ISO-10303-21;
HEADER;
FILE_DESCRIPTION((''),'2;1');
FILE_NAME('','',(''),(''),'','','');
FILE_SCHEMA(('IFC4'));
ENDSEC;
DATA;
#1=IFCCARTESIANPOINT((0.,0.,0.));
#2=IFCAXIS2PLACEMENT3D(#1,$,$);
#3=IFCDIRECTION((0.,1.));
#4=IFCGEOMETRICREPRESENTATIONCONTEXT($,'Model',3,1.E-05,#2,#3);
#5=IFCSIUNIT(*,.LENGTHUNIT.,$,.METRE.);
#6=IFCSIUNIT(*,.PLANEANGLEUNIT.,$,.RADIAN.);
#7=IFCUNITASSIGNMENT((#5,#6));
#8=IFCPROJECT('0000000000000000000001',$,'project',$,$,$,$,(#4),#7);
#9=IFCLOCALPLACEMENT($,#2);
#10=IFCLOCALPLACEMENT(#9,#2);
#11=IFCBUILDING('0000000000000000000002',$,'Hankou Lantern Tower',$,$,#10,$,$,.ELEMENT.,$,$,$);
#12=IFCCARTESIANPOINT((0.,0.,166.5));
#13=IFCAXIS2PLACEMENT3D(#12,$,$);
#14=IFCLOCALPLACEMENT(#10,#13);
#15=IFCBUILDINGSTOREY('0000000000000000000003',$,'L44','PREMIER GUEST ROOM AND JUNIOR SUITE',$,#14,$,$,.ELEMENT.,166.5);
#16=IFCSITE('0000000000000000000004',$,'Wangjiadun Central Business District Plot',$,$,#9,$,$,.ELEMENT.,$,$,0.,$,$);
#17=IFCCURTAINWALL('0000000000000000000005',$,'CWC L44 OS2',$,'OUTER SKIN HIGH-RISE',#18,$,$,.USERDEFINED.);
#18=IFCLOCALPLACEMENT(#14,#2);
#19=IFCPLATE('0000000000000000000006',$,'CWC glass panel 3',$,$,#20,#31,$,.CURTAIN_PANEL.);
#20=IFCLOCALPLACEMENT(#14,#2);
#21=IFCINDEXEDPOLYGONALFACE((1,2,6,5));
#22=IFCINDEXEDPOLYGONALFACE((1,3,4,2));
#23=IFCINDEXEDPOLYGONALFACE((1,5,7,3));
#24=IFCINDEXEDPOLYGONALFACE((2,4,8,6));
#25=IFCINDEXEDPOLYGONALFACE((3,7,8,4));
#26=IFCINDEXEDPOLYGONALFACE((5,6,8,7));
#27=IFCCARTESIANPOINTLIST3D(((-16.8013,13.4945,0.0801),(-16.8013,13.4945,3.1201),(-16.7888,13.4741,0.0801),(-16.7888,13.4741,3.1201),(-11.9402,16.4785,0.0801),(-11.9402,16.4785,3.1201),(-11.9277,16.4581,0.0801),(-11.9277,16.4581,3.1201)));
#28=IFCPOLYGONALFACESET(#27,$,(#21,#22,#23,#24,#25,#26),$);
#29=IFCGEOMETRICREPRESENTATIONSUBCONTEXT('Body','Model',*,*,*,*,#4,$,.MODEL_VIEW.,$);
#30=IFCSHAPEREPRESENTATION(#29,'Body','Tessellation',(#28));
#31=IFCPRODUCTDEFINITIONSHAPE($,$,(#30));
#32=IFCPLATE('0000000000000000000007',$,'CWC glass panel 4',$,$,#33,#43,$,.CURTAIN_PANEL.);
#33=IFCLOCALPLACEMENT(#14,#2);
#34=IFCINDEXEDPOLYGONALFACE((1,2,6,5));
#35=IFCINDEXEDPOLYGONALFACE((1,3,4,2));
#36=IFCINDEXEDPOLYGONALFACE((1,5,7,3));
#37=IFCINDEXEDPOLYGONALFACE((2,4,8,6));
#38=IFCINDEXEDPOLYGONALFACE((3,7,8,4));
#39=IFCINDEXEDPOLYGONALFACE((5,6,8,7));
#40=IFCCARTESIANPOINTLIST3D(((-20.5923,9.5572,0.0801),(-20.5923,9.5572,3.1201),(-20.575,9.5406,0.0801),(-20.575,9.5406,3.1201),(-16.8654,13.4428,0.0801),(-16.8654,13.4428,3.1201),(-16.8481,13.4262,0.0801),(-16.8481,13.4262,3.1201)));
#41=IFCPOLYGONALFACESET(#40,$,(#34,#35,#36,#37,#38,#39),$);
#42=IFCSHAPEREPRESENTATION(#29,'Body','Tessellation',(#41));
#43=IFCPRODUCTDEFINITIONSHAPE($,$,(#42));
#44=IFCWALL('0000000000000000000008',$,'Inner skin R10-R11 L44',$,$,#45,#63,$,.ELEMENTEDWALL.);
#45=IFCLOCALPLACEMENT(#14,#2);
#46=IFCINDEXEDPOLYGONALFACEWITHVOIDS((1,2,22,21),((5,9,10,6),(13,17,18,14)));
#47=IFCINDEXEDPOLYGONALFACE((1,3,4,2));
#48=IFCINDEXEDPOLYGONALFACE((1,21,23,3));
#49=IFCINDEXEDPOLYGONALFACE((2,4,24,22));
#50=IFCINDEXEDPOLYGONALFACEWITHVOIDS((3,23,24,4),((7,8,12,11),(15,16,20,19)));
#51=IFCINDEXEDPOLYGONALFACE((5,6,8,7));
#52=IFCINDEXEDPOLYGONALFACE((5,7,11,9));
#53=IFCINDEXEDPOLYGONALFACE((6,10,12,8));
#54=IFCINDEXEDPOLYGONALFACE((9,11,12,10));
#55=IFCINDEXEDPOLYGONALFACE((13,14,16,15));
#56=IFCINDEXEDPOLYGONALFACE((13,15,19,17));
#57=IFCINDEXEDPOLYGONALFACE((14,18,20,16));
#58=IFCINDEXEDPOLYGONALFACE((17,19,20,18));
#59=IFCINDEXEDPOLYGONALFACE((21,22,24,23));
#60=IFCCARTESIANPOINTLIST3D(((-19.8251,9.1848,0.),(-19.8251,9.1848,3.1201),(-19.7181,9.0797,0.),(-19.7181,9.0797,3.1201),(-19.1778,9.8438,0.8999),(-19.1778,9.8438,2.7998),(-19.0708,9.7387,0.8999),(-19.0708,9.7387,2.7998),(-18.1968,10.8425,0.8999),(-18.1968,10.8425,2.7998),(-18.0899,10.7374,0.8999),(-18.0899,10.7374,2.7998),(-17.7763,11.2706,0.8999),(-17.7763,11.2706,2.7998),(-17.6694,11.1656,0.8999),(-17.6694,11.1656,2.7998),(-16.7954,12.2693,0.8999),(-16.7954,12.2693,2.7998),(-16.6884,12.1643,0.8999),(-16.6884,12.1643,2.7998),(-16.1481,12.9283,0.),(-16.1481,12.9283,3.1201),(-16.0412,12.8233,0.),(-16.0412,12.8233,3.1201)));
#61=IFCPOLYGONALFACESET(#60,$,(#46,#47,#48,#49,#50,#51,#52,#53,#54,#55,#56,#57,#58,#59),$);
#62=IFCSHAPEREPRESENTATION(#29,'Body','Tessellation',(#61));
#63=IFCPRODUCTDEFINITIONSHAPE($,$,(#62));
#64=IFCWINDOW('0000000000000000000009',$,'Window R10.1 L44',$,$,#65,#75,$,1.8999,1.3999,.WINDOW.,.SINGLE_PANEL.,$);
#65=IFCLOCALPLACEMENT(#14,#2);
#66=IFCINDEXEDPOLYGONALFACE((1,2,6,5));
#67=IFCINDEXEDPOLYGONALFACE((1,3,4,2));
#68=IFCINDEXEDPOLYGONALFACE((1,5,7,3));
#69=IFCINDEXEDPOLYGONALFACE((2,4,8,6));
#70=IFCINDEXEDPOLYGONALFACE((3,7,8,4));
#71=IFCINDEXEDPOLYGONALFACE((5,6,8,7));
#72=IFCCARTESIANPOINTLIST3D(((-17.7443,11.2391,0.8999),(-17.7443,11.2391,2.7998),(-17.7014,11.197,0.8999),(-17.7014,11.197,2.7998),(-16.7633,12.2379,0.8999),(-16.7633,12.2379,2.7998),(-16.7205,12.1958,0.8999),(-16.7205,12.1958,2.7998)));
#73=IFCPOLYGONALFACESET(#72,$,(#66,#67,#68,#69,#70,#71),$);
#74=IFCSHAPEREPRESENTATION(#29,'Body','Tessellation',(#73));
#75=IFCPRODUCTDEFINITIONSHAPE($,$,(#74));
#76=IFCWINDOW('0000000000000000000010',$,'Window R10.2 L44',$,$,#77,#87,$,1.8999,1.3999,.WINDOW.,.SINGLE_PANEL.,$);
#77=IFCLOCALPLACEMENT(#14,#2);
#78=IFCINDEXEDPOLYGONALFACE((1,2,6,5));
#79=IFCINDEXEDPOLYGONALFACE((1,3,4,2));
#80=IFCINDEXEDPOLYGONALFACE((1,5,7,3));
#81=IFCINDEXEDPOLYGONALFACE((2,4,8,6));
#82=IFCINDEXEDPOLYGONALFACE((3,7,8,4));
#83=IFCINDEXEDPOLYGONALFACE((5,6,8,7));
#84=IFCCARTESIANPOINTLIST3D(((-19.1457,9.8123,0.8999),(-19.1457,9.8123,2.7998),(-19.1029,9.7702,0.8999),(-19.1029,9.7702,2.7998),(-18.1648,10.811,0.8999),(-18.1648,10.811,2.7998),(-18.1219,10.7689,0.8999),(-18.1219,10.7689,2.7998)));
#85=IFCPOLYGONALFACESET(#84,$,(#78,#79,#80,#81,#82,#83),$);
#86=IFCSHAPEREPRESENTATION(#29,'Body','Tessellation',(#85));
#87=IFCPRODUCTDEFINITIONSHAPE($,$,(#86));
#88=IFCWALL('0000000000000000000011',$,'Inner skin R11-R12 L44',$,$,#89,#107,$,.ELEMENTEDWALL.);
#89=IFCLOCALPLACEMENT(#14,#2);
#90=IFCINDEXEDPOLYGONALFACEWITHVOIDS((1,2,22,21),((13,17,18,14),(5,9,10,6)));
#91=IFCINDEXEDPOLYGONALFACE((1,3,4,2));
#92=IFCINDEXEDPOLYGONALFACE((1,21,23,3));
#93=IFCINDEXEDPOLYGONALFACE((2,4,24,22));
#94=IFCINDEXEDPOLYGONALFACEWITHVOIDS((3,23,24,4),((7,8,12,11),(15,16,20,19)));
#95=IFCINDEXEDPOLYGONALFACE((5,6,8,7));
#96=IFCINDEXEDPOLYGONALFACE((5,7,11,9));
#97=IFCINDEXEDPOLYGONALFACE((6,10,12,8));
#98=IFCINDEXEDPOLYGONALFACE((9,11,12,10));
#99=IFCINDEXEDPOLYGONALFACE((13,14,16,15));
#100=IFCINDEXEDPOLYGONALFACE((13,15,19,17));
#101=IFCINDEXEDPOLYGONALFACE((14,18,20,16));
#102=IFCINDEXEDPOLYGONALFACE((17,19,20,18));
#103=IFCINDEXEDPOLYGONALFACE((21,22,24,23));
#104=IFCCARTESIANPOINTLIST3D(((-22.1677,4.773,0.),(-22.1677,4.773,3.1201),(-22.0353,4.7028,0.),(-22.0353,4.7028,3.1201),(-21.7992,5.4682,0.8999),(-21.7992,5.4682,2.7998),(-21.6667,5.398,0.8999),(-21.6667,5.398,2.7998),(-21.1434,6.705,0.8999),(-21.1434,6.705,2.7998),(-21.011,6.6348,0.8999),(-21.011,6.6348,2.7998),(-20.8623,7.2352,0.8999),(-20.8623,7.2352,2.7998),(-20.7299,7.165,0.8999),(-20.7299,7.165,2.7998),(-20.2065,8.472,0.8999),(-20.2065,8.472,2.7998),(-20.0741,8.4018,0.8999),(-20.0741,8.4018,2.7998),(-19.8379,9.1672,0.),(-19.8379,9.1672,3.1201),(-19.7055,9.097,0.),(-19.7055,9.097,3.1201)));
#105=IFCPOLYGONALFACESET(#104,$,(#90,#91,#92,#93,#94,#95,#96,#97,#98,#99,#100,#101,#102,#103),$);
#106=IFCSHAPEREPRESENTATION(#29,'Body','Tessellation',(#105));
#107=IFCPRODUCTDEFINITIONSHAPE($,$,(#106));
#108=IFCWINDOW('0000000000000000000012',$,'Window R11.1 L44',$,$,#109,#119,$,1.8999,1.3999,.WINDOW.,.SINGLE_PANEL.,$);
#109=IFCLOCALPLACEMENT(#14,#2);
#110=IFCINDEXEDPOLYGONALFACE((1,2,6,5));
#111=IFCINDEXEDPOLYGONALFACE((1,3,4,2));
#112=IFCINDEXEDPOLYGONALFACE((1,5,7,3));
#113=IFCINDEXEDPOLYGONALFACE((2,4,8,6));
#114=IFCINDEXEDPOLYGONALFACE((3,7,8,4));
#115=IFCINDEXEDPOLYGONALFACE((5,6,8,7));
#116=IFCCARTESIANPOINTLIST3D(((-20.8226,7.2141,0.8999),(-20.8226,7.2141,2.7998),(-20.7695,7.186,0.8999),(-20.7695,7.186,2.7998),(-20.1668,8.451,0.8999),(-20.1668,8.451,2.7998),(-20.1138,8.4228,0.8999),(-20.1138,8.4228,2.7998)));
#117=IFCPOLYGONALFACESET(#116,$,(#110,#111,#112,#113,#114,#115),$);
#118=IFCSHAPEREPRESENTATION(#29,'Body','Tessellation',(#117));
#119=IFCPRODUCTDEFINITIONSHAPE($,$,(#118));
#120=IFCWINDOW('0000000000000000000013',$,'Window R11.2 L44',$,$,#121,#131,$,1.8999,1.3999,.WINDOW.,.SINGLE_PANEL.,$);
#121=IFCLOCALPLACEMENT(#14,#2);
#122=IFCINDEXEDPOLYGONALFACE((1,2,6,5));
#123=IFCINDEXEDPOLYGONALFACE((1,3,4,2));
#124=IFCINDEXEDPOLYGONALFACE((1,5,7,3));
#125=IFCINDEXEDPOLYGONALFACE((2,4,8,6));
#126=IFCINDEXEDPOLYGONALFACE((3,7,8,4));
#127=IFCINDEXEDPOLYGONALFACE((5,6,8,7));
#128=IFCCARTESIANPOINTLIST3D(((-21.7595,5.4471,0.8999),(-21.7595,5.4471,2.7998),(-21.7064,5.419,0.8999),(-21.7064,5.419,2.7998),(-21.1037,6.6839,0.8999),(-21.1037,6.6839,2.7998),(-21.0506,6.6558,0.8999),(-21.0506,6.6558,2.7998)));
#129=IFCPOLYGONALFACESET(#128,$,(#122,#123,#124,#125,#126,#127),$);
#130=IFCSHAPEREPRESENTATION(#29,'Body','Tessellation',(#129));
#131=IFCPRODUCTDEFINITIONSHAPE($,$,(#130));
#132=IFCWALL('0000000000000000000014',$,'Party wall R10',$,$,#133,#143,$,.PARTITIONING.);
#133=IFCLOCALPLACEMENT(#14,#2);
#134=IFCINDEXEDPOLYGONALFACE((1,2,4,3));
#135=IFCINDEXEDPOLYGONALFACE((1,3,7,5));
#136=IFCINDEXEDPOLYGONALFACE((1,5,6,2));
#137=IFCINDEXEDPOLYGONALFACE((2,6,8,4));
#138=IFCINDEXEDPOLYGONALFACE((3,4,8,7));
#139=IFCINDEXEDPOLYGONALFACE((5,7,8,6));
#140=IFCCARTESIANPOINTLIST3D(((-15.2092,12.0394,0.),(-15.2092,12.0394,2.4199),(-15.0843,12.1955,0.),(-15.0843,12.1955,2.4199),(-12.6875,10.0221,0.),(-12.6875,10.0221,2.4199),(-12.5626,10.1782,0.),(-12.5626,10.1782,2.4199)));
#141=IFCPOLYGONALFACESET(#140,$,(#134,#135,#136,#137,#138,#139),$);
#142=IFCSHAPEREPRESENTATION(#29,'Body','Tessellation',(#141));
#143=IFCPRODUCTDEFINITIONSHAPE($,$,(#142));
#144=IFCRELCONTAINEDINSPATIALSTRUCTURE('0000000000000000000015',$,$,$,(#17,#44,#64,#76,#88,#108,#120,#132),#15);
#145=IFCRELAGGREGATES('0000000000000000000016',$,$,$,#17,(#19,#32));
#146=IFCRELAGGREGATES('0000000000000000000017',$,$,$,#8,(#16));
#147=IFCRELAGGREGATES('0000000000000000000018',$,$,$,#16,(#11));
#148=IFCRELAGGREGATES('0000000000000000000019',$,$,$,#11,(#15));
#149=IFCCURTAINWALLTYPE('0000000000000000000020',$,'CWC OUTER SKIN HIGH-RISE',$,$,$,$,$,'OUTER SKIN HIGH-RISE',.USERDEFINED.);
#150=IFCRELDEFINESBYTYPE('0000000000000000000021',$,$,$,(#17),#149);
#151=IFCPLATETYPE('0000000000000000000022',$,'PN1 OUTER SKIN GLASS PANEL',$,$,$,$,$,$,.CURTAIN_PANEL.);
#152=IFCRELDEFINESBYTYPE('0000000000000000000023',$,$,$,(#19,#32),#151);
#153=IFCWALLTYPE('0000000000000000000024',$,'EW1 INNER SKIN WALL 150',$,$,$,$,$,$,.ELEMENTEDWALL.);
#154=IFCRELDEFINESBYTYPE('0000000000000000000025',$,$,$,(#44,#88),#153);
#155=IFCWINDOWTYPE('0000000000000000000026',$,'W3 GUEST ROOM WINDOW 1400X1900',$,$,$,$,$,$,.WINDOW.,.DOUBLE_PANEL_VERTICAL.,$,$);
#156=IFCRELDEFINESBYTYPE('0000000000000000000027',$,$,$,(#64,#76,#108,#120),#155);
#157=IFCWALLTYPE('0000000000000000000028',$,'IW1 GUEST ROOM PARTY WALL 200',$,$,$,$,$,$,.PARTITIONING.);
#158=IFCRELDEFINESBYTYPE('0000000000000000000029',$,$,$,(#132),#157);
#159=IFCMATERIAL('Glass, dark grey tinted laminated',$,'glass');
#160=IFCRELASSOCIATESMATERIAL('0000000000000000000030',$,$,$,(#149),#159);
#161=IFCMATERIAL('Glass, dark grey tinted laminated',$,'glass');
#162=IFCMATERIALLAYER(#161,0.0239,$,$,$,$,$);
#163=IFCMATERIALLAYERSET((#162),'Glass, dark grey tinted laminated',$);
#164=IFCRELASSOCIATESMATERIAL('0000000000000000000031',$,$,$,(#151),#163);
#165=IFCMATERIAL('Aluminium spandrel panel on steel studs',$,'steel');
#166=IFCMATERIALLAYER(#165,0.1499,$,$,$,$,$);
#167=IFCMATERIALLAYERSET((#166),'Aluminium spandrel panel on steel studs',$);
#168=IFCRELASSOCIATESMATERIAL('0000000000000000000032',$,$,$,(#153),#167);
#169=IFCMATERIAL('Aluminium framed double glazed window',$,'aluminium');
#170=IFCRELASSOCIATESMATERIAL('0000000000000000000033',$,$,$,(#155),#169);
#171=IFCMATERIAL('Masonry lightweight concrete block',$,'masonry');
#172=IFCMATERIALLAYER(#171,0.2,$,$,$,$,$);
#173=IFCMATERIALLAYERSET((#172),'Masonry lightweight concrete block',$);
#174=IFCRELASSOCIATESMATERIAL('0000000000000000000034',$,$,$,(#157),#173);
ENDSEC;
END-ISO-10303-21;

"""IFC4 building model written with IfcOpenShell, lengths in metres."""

from ifc_helpers import new_model, si_unit, direction, frame, frame_2d, origin, origin_2d, place, context, subcontext, project, spatial, rectangle, extrude, material, layer, layer_set, type_object, element, fill, aggregate, save


model = new_model("IFC4")

# Units and contexts
model_context = context("Model", 3, precision=1e-05, world=origin(), true_north=direction((0.0, 1.0)))
body_context = subcontext(model_context, "Body", "Model", "MODEL_VIEW")
ifc_project = project(units=[si_unit("LENGTHUNIT", "METRE"), si_unit("PLANEANGLEUNIT", "RADIAN")], contexts=[model_context])

# Site, building, storey
site_placement = place(None, origin())
site = spatial("IfcSite", under=ifc_project, at=site_placement, Name="Wangjiadun Central Business District Plot", CompositionType="ELEMENT", RefElevation=0.0)
building_placement = place(site_placement, origin())
building = spatial("IfcBuilding", under=site, at=building_placement, Name="Hankou Lantern Tower", CompositionType="ELEMENT")
storey_placement = place(building_placement, frame((0.0, 0.0, 166.5)))
storey = spatial("IfcBuildingStorey", under=building, at=storey_placement, Name="L44", Description="PREMIER GUEST ROOM AND JUNIOR SUITE", CompositionType="ELEMENT", Elevation=166.5)

# Curtain wall
ifc_material_1 = material(Name="Glass, dark grey tinted laminated", Category="glass")
curtain_wall_type = type_object("IfcCurtainWallType", Name="CWC OUTER SKIN HIGH-RISE", ElementType="OUTER SKIN HIGH-RISE", PredefinedType="USERDEFINED", material=ifc_material_1)
curtain_wall_placement = place(storey_placement, origin())
curtain_wall = element("IfcCurtainWall", 1, at=curtain_wall_placement, inside=storey, type_object=curtain_wall_type, Name="CWC L44 OS2", ObjectType="OUTER SKIN HIGH-RISE", PredefinedType="USERDEFINED")

# Plates
ifc_material_2 = material(Name="Glass, dark grey tinted laminated", Category="glass")
ifc_layer_1 = layer(ifc_material_2, 0.0239)
ifc_layer_set_1 = layer_set([ifc_layer_1], Name="Glass, dark grey tinted laminated")
plate_type = type_object("IfcPlateType", Name="PN1 OUTER SKIN GLASS PANEL", PredefinedType="CURTAIN_PANEL", material=ifc_layer_set_1)
plate_1_placement = place(storey_placement, frame((-14.3645, 14.9763, 0.0801), z_axis=(0.0, 0.0, 1.0), x_axis=(-0.852237, -0.523156, 0.0)))
plate_1 = element("IfcPlate", 2, at=plate_1_placement, type_object=plate_type, Name="CWC glass panel 3", PredefinedType="CURTAIN_PANEL", context=body_context, shape_type="SweptSolid", body=[
    extrude(rectangle(XDim=5.7039, YDim=0.0239, at=origin_2d()), origin(), (0.0, 0.0, 1.0), 3.04),
])
plate_2_placement = place(storey_placement, frame((-18.7202, 11.4917, 0.0801), z_axis=(0.0, 0.0, 1.0), x_axis=(-0.692216, -0.721691, 0.0)))
plate_2 = element("IfcPlate", 3, at=plate_2_placement, type_object=plate_type, Name="CWC glass panel 4", PredefinedType="CURTAIN_PANEL", context=body_context, shape_type="SweptSolid", body=[
    extrude(rectangle(XDim=5.384, YDim=0.0239, at=origin_2d()), origin(), (0.0, 0.0, 1.0), 3.04),
])
aggregate(curtain_wall, [plate_1, plate_2])

# Walls, openings, windows
ifc_material_3 = material(Name="Aluminium spandrel panel on steel studs", Category="steel")
ifc_layer_2 = layer(ifc_material_3, 0.1499)
ifc_layer_set_2 = layer_set([ifc_layer_2], Name="Aluminium spandrel panel on steel studs")
wall_type_1 = type_object("IfcWallType", Name="EW1 INNER SKIN WALL 150", PredefinedType="ELEMENTEDWALL", material=ifc_layer_set_2)
wall_1_placement = place(storey_placement, frame((-16.0947, 12.8757, 0.0), z_axis=(0.0, 0.0, 1.0), x_axis=(-0.700727, -0.713429, 0.0)))
wall_1 = element("IfcWall", 4, at=wall_1_placement, inside=storey, type_object=wall_type_1, Name="Inner skin R10-R11 L44", PredefinedType="ELEMENTEDWALL", context=body_context, shape_type="SweptSolid", body=[
    extrude(rectangle(XDim=5.2473, YDim=0.1499, at=frame_2d((2.6235, 0.0))), origin(), (0.0, 0.0, 1.0), 3.1201),
])
opening_1_placement = place(wall_1_placement, frame((0.9236, 0.0, 0.8999)))
opening_1 = element("IfcOpeningElement", 5, at=opening_1_placement, cuts=wall_1, PredefinedType="OPENING", context=body_context, shape_type="SweptSolid", body=[
    extrude(rectangle(XDim=1.3999, YDim=1.8999, at=frame_2d((0.7, 0.95))), frame((0.0, 0.085, 0.0), z_axis=(0.0, -1.0, 0.0), x_axis=(1.0, 0.0, 0.0)), (0.0, 0.0, 1.0), 0.1699),
])
opening_2_placement = place(wall_1_placement, frame((2.9236, 0.0, 0.8999)))
opening_2 = element("IfcOpeningElement", 6, at=opening_2_placement, cuts=wall_1, PredefinedType="OPENING", context=body_context, shape_type="SweptSolid", body=[
    extrude(rectangle(XDim=1.3999, YDim=1.8999, at=frame_2d((0.7, 0.95))), frame((0.0, 0.085, 0.0), z_axis=(0.0, -1.0, 0.0), x_axis=(1.0, 0.0, 0.0)), (0.0, 0.0, 1.0), 0.1699),
])
ifc_material_4 = material(Name="Aluminium framed double glazed window", Category="aluminium")
window_type = type_object("IfcWindowType", Name="W3 GUEST ROOM WINDOW 1400X1900", PartitioningType="DOUBLE_PANEL_VERTICAL", PredefinedType="WINDOW", material=ifc_material_4)
window_1_placement = place(opening_1_placement, origin())
window_1 = element("IfcWindow", 7, at=window_1_placement, inside=storey, type_object=window_type, Name="Window R10.1 L44", OverallHeight=1.8999, OverallWidth=1.3999, PartitioningType="SINGLE_PANEL", PredefinedType="WINDOW", context=body_context, shape_type="SweptSolid", body=[
    extrude(rectangle(XDim=1.3999, YDim=1.8999, at=frame_2d((0.7, 0.95))), frame((0.0, 0.03, 0.0), z_axis=(0.0, -1.0, 0.0), x_axis=(1.0, 0.0, 0.0)), (0.0, 0.0, 1.0), 0.0601),
])
fill(opening_1, window_1)
window_2_placement = place(opening_2_placement, origin())
window_2 = element("IfcWindow", 8, at=window_2_placement, inside=storey, type_object=window_type, Name="Window R10.2 L44", OverallHeight=1.8999, OverallWidth=1.3999, PartitioningType="SINGLE_PANEL", PredefinedType="WINDOW", context=body_context, shape_type="SweptSolid", body=[
    extrude(rectangle(XDim=1.3999, YDim=1.8999, at=frame_2d((0.7, 0.95))), frame((0.0, 0.03, 0.0), z_axis=(0.0, -1.0, 0.0), x_axis=(1.0, 0.0, 0.0)), (0.0, 0.0, 1.0), 0.0601),
])
fill(opening_2, window_2)
wall_2_placement = place(storey_placement, frame((-19.7717, 9.1321, 0.0), z_axis=(0.0, 0.0, 1.0), x_axis=(-0.468429, -0.883501, 0.0)))
wall_2 = element("IfcWall", 9, at=wall_2_placement, inside=storey, type_object=wall_type_1, Name="Inner skin R11-R12 L44", PredefinedType="ELEMENTEDWALL", context=body_context, shape_type="SweptSolid", body=[
    extrude(rectangle(XDim=4.9736, YDim=0.1499, at=frame_2d((2.4868, 0.0))), origin(), (0.0, 0.0, 1.0), 3.1201),
])
opening_3_placement = place(wall_2_placement, frame((0.7869, 0.0, 0.8999)))
opening_3 = element("IfcOpeningElement", 10, at=opening_3_placement, cuts=wall_2, PredefinedType="OPENING", context=body_context, shape_type="SweptSolid", body=[
    extrude(rectangle(XDim=1.3999, YDim=1.8999, at=frame_2d((0.7, 0.95))), frame((0.0, 0.085, 0.0), z_axis=(0.0, -1.0, 0.0), x_axis=(1.0, 0.0, 0.0)), (0.0, 0.0, 1.0), 0.1699),
])
opening_4_placement = place(wall_2_placement, frame((2.7869, 0.0, 0.8999)))
opening_4 = element("IfcOpeningElement", 11, at=opening_4_placement, cuts=wall_2, PredefinedType="OPENING", context=body_context, shape_type="SweptSolid", body=[
    extrude(rectangle(XDim=1.3999, YDim=1.8999, at=frame_2d((0.7, 0.95))), frame((0.0, 0.085, 0.0), z_axis=(0.0, -1.0, 0.0), x_axis=(1.0, 0.0, 0.0)), (0.0, 0.0, 1.0), 0.1699),
])
window_3_placement = place(opening_3_placement, origin())
window_3 = element("IfcWindow", 12, at=window_3_placement, inside=storey, type_object=window_type, Name="Window R11.1 L44", OverallHeight=1.8999, OverallWidth=1.3999, PartitioningType="SINGLE_PANEL", PredefinedType="WINDOW", context=body_context, shape_type="SweptSolid", body=[
    extrude(rectangle(XDim=1.3999, YDim=1.8999, at=frame_2d((0.7, 0.95))), frame((0.0, 0.03, 0.0), z_axis=(0.0, -1.0, 0.0), x_axis=(1.0, 0.0, 0.0)), (0.0, 0.0, 1.0), 0.0601),
])
fill(opening_3, window_3)
window_4_placement = place(opening_4_placement, origin())
window_4 = element("IfcWindow", 13, at=window_4_placement, inside=storey, type_object=window_type, Name="Window R11.2 L44", OverallHeight=1.8999, OverallWidth=1.3999, PartitioningType="SINGLE_PANEL", PredefinedType="WINDOW", context=body_context, shape_type="SweptSolid", body=[
    extrude(rectangle(XDim=1.3999, YDim=1.8999, at=frame_2d((0.7, 0.95))), frame((0.0, 0.03, 0.0), z_axis=(0.0, -1.0, 0.0), x_axis=(1.0, 0.0, 0.0)), (0.0, 0.0, 1.0), 0.0601),
])
fill(opening_4, window_4)

# Wall
ifc_material_5 = material(Name="Masonry lightweight concrete block", Category="masonry")
ifc_layer_3 = layer(ifc_material_5, 0.2)
ifc_layer_set_3 = layer_set([ifc_layer_3], Name="Masonry lightweight concrete block")
wall_type_2 = type_object("IfcWallType", Name="IW1 GUEST ROOM PARTY WALL 200", PredefinedType="PARTITIONING", material=ifc_layer_set_3)
wall_3_placement = place(storey_placement, frame((-12.625, 10.1001, 0.0), z_axis=(0.0, 0.0, 1.0), x_axis=(-0.780876, 0.624686, 0.0)))
element("IfcWall", 14, at=wall_3_placement, inside=storey, type_object=wall_type_2, Name="Party wall R10", PredefinedType="PARTITIONING", context=body_context, shape_type="SweptSolid", body=[
    extrude(rectangle(XDim=3.2292, YDim=0.2, at=frame_2d((1.6147, 0.0))), origin(), (0.0, 0.0, 1.0), 2.4199),
])

save(model, "model.ifc")
